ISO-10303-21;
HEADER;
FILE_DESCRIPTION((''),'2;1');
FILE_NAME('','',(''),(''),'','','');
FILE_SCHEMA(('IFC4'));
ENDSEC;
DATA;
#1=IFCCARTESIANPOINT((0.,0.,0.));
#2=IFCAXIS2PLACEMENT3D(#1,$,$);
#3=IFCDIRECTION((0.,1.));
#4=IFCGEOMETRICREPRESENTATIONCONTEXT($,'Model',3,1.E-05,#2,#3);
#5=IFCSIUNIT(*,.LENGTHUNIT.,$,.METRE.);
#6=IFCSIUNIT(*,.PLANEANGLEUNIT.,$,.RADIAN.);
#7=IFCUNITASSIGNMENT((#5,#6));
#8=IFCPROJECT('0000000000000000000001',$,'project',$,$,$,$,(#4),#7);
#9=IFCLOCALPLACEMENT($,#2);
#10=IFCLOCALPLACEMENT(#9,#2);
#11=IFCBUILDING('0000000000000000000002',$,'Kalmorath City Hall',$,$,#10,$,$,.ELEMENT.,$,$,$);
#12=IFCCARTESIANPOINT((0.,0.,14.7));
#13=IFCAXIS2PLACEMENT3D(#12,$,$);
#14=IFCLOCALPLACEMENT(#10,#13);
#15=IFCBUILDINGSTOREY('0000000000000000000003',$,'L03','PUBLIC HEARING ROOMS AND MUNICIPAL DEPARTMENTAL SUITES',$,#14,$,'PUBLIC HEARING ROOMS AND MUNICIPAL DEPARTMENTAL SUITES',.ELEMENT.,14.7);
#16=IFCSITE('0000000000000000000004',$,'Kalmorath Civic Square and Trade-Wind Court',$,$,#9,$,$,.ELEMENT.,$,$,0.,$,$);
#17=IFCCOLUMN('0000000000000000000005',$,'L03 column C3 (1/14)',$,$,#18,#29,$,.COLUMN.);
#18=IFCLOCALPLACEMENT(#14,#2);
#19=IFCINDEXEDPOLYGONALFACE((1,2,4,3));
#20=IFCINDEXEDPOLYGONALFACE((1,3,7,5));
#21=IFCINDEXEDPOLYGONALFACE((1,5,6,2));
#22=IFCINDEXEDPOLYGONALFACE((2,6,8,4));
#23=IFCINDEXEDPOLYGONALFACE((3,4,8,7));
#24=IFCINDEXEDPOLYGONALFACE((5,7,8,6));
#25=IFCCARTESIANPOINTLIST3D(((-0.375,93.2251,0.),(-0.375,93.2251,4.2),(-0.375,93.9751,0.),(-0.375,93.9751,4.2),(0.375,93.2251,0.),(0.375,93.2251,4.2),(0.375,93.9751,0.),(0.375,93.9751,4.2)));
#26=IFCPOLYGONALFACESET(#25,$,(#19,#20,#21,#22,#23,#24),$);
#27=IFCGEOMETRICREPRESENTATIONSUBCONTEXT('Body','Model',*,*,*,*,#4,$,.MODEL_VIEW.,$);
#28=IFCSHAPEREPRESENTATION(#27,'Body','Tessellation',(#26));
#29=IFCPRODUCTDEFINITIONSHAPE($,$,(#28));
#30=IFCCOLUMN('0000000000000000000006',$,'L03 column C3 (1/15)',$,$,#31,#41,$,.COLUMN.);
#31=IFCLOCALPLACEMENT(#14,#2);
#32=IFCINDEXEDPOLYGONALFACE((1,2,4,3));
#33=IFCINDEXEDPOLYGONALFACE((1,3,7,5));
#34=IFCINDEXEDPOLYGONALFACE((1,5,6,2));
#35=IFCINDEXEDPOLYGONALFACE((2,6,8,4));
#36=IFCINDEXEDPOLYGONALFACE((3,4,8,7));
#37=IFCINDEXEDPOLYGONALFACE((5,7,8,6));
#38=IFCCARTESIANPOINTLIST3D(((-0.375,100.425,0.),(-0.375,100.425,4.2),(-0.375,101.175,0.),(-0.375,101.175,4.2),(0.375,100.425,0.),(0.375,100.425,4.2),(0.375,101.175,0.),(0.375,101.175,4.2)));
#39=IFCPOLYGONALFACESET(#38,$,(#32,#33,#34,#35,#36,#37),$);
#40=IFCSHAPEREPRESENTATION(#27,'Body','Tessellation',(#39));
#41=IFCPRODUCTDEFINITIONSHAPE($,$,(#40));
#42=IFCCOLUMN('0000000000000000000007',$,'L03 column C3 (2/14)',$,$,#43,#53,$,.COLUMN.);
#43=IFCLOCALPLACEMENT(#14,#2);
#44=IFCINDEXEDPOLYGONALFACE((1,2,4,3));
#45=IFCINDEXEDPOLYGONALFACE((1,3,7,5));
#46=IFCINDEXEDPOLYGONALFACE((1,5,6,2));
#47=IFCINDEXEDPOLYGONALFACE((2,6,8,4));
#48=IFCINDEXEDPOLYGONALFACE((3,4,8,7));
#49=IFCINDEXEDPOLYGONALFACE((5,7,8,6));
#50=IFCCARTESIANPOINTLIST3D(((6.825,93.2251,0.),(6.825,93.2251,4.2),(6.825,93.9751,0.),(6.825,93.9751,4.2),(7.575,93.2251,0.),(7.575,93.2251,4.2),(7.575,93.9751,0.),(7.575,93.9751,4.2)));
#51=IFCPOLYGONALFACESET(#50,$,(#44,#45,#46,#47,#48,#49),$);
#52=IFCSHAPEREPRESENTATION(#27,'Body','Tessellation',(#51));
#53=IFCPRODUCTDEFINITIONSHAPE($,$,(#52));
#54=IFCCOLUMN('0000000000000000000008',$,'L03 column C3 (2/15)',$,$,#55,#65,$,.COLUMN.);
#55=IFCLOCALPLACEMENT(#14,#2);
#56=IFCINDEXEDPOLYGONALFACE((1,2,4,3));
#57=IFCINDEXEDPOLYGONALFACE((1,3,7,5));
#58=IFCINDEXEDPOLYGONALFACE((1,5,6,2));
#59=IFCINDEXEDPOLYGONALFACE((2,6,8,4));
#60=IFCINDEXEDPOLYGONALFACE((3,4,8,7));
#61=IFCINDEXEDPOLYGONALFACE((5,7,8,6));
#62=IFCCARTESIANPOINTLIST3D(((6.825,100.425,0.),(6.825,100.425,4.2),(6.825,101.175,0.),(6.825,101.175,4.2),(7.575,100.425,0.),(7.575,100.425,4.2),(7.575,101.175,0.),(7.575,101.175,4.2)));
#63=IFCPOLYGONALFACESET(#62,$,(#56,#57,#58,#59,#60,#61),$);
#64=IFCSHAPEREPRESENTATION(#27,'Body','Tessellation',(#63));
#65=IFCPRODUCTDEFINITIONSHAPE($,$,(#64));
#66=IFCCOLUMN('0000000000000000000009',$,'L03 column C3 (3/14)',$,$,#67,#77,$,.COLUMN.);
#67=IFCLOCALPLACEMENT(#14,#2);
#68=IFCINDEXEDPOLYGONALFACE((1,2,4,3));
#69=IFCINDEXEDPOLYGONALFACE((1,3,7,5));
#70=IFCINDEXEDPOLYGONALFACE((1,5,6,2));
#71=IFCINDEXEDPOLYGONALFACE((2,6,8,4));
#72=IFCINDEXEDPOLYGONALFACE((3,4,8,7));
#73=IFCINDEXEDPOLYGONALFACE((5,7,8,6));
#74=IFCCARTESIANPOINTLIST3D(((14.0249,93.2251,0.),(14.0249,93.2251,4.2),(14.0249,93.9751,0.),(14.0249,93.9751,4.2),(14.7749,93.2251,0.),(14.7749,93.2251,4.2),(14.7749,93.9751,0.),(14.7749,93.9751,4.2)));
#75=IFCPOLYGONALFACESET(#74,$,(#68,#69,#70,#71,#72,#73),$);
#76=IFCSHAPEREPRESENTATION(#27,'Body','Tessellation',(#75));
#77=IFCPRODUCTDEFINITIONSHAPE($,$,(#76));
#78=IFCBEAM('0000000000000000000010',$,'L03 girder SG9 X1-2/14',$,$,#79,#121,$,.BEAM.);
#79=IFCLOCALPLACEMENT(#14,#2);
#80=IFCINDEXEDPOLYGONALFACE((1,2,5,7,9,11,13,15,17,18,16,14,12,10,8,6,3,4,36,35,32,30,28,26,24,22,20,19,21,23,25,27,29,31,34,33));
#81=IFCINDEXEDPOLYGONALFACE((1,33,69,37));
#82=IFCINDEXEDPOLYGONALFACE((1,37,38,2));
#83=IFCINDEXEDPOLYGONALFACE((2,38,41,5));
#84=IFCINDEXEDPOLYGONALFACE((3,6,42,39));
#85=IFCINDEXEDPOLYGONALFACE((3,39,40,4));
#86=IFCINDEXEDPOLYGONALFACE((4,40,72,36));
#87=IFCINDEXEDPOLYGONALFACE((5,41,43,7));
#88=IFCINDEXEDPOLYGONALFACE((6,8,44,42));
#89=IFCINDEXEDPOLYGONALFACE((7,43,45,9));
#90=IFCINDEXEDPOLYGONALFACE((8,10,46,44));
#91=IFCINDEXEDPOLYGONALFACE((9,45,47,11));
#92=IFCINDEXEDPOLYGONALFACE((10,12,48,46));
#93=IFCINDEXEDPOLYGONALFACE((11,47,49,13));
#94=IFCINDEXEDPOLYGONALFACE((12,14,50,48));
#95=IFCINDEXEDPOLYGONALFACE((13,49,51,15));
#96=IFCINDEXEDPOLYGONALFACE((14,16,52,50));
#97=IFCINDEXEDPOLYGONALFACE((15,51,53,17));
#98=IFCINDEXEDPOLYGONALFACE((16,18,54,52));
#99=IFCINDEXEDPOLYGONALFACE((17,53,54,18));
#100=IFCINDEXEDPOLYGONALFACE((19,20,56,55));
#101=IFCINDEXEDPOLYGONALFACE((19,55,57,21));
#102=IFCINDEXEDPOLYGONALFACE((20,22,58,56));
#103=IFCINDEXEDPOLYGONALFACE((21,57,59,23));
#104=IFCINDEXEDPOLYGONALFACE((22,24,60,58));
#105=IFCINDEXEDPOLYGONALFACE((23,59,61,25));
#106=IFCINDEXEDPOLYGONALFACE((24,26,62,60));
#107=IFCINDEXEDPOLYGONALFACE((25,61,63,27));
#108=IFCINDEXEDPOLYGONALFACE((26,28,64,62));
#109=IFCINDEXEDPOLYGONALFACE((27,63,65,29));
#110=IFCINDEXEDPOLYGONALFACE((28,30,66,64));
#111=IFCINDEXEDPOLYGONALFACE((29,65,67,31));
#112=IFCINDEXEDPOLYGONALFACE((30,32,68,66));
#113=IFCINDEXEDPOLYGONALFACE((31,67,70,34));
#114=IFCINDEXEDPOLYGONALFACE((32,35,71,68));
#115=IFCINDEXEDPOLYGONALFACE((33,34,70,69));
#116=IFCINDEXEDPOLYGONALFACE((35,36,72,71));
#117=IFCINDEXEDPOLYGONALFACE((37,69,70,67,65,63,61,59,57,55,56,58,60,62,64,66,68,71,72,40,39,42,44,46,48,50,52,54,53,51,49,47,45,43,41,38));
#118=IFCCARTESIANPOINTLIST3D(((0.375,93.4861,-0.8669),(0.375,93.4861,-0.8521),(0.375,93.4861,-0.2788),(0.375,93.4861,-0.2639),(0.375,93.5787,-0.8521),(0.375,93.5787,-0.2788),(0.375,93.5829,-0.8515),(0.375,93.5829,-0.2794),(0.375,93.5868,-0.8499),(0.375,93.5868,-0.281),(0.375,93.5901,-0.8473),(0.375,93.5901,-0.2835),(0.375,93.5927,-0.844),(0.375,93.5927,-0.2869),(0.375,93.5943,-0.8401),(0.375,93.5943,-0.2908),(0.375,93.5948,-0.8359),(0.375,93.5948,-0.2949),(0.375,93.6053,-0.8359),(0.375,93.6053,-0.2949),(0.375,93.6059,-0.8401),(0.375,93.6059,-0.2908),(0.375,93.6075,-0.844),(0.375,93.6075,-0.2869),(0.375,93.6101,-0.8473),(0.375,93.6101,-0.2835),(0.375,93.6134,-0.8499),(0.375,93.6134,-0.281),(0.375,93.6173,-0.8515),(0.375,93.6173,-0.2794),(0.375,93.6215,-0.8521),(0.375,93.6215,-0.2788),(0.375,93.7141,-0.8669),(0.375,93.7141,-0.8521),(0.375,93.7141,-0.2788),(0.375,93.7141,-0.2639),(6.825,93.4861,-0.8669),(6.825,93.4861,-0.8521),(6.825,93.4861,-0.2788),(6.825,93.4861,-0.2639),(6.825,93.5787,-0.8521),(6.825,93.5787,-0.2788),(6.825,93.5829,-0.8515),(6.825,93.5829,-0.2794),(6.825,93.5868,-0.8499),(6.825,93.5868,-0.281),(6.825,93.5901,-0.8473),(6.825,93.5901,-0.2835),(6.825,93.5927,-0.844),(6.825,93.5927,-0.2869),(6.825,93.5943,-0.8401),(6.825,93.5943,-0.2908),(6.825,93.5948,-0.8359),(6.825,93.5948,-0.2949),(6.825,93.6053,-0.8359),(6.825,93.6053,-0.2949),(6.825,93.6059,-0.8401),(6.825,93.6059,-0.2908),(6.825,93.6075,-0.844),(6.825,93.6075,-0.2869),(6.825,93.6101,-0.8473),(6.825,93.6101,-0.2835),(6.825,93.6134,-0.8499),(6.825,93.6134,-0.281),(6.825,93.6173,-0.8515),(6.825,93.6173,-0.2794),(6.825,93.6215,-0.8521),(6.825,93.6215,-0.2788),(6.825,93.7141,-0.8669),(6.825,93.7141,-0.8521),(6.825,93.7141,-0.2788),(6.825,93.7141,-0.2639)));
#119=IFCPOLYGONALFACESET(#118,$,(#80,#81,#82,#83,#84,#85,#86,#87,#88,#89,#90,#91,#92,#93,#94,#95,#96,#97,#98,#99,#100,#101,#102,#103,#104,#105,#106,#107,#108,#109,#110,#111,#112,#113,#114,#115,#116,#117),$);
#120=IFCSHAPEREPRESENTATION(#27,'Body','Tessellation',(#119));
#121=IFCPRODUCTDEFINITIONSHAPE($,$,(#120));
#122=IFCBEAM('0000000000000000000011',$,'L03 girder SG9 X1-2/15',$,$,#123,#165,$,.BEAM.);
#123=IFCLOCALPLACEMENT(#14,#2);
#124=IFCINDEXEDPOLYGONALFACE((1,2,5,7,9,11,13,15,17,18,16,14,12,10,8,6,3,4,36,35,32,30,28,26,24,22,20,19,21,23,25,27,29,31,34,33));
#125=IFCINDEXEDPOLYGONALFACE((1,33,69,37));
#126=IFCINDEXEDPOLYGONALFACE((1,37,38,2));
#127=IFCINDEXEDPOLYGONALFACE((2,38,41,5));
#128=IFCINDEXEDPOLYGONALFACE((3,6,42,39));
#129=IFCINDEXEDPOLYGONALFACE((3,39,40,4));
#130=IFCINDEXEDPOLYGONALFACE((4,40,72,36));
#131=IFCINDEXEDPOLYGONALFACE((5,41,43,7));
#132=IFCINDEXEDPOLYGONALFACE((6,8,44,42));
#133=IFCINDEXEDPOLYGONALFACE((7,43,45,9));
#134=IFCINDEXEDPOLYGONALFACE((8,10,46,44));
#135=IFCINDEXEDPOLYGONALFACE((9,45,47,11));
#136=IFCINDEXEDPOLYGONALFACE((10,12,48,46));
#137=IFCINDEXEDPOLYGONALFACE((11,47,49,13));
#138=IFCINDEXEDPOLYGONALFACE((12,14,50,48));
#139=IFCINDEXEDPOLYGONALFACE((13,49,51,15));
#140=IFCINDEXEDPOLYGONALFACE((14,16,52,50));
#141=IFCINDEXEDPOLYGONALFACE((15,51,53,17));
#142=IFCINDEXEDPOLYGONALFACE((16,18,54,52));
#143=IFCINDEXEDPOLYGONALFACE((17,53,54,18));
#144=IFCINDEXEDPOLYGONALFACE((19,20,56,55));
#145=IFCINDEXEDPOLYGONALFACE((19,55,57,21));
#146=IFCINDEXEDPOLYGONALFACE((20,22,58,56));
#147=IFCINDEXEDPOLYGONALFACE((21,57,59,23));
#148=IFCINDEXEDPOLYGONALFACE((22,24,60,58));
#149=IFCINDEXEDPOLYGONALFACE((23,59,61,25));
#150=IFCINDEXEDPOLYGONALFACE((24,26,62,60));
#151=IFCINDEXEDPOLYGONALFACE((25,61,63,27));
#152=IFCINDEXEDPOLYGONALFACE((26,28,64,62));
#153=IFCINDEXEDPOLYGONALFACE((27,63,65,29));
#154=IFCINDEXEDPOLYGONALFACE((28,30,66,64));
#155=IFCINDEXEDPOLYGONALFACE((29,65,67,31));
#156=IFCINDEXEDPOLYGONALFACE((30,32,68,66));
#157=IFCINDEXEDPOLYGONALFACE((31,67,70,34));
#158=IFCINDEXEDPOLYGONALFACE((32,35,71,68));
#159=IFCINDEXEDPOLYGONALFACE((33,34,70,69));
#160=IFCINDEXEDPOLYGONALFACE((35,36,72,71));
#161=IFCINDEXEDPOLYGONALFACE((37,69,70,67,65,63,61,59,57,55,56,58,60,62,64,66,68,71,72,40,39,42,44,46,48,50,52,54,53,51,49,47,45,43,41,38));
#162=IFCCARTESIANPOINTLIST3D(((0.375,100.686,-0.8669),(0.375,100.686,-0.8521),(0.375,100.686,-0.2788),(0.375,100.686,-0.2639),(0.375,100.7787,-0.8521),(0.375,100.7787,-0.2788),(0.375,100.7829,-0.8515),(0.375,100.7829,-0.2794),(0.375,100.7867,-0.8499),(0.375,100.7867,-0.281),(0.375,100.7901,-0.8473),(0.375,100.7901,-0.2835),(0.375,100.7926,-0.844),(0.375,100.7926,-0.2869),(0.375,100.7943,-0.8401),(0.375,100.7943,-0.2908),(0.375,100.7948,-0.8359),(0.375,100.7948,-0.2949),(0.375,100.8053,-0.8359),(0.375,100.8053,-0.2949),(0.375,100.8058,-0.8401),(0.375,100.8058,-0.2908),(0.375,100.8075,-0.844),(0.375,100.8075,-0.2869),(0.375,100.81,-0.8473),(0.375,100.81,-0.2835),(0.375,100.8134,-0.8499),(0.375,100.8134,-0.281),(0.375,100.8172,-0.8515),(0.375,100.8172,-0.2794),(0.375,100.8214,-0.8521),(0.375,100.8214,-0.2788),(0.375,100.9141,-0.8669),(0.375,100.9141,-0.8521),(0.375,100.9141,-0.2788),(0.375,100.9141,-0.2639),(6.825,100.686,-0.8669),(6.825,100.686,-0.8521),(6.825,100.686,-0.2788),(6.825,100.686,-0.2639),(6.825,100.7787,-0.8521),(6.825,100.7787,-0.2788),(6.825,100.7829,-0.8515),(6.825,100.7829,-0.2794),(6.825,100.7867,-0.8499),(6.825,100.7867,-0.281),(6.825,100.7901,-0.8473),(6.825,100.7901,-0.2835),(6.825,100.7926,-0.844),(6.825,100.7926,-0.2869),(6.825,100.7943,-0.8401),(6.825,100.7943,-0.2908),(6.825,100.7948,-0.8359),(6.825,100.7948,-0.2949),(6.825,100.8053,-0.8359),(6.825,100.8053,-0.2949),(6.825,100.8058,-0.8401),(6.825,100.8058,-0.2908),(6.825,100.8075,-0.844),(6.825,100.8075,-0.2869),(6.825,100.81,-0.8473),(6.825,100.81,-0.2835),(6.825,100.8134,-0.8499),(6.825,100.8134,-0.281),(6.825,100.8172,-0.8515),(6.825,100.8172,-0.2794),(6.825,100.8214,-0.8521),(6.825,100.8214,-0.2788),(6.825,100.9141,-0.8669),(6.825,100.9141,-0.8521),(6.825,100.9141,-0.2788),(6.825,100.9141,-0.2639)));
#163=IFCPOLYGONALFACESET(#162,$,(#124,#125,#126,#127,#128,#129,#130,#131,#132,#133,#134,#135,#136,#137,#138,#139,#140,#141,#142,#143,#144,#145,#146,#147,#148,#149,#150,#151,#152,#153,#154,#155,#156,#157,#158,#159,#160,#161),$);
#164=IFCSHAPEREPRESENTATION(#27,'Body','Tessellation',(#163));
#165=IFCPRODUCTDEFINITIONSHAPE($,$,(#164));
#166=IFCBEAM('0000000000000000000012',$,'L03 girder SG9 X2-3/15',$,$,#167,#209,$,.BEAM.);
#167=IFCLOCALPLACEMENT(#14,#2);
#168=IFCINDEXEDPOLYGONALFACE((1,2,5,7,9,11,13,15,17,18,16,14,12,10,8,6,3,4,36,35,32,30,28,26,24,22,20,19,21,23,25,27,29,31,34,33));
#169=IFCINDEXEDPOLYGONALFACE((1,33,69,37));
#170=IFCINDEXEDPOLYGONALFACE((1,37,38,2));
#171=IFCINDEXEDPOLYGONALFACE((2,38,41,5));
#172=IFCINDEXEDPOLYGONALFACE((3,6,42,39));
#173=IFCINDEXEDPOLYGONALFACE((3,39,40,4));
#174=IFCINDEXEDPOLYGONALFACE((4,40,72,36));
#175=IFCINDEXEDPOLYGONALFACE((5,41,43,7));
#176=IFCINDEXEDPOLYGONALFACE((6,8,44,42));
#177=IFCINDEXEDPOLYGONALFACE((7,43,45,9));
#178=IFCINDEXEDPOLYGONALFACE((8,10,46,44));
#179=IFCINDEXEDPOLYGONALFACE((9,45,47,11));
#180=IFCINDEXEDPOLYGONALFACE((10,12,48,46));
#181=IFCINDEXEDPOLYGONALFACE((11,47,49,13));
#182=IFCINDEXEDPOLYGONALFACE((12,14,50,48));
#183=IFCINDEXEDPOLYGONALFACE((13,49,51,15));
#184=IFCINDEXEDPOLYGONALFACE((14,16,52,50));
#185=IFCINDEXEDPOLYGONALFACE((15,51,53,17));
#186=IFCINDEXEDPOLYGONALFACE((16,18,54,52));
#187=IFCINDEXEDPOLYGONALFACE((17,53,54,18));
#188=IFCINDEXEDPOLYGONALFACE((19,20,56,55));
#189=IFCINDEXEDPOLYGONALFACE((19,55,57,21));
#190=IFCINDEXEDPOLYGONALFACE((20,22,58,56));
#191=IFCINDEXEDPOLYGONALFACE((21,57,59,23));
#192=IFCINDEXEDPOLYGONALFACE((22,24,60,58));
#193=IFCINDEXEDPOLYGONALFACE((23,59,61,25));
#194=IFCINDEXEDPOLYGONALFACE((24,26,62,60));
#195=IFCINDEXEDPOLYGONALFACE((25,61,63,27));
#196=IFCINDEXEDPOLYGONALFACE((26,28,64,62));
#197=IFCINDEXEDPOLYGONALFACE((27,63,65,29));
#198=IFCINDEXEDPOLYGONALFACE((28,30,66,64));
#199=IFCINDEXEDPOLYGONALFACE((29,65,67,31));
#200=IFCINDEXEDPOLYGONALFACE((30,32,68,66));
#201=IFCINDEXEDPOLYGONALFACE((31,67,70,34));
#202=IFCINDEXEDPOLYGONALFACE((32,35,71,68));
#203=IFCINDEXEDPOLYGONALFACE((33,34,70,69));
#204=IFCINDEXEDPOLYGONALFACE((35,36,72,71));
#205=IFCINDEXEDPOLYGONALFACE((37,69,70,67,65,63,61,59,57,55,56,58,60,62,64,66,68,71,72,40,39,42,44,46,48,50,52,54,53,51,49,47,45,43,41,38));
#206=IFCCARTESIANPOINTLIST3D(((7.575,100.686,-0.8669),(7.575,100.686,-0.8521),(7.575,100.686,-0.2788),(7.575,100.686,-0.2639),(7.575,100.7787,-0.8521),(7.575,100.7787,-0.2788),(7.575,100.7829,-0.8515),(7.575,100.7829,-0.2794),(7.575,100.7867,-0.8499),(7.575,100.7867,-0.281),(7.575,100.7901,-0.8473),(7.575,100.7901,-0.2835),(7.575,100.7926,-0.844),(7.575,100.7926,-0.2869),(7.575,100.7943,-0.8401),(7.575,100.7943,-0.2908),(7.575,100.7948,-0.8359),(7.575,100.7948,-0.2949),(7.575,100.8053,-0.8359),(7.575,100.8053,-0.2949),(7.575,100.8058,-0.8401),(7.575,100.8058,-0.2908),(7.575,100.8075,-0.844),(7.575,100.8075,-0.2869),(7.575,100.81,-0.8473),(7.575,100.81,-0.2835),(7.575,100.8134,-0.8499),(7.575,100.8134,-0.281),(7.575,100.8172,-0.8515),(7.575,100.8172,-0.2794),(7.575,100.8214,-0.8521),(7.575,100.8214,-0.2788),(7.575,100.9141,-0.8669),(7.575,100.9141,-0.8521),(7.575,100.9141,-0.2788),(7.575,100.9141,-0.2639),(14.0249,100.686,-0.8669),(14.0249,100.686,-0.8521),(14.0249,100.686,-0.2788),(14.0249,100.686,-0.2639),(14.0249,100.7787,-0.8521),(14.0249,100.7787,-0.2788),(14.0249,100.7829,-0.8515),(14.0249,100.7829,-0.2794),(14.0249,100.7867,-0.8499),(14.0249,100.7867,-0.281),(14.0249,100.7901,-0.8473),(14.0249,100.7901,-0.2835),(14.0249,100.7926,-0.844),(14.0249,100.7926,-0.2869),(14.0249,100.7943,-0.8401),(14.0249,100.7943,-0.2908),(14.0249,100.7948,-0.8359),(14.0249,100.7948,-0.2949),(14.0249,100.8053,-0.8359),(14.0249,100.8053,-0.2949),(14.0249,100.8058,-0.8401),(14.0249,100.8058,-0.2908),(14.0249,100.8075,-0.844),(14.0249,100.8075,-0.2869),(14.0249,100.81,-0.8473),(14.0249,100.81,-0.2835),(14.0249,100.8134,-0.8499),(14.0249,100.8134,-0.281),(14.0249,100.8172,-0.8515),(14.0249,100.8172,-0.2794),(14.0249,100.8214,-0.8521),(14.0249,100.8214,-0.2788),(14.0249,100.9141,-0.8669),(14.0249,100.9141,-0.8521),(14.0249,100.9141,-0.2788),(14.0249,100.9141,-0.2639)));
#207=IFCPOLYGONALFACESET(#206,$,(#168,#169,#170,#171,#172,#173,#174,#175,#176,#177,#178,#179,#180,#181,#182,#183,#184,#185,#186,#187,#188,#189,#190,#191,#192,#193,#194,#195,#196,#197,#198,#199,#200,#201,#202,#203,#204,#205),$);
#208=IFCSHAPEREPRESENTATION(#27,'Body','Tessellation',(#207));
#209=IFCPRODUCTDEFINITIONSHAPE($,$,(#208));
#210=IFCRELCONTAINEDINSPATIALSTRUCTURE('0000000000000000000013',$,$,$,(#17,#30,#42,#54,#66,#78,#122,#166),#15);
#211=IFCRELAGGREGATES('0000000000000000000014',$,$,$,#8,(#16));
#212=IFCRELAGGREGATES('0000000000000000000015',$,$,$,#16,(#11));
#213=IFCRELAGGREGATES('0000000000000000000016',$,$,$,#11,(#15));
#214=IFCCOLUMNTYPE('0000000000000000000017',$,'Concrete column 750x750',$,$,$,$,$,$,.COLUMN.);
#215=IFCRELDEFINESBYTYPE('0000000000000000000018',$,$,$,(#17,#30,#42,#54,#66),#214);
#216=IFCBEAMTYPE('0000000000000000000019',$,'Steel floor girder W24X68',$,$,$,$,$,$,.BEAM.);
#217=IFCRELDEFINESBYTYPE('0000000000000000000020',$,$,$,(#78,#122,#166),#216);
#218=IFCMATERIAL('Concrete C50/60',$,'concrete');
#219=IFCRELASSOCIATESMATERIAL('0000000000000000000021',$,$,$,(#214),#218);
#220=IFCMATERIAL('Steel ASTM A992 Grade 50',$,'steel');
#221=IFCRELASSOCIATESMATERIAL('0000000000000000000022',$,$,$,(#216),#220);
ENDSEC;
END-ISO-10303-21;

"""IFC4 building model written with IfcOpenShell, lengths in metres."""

from ifc_helpers import new_model, si_unit, direction, frame, origin, origin_2d, place, context, subcontext, project, spatial, rectangle, i_section, extrude, material, material_profile, profile_set, type_object, element, save


model = new_model("IFC4")

# Units and contexts
model_context = context("Model", 3, precision=1e-05, world=origin(), true_north=direction((0.0, 1.0)))
body_context = subcontext(model_context, "Body", "Model", "MODEL_VIEW")
ifc_project = project(units=[si_unit("LENGTHUNIT", "METRE"), si_unit("PLANEANGLEUNIT", "RADIAN")], contexts=[model_context])

# Site, building, storey
site_placement = place(None, origin())
site = spatial("IfcSite", under=ifc_project, at=site_placement, Name="Kalmorath Civic Square and Trade-Wind Court", CompositionType="ELEMENT", RefElevation=0.0)
building_placement = place(site_placement, origin())
building = spatial("IfcBuilding", under=site, at=building_placement, Name="Kalmorath City Hall", CompositionType="ELEMENT")
storey_placement = place(building_placement, frame((0.0, 0.0, 14.7)))
storey = spatial("IfcBuildingStorey", under=building, at=storey_placement, Name="L03", Description="PUBLIC HEARING ROOMS AND MUNICIPAL DEPARTMENTAL SUITES", LongName="PUBLIC HEARING ROOMS AND MUNICIPAL DEPARTMENTAL SUITES", CompositionType="ELEMENT", Elevation=14.7)

# Columns
ifc_material_1 = material(Name="Concrete C50/60", Category="concrete")
ifc_material_profile_1 = material_profile(ifc_material_1, rectangle(XDim=0.75, YDim=0.75, at=origin_2d()), Name="RC-COL-750X750")
ifc_profile_set_1 = profile_set([ifc_material_profile_1], Name="Concrete C50/60")
column_type = type_object("IfcColumnType", Name="Concrete column 750x750", PredefinedType="COLUMN", material=ifc_profile_set_1)
for number, where, z_axis, x_axis, name in (
    (1, (0.0, 93.6001, 0.0), (0.0, 0.0, 1.0), (1.0, 0.0, 0.0), "L03 column C3 (1/14)"),
    (2, (0.0, 100.8, 0.0), (0.0, 0.0, 1.0), (1.0, 0.0, 0.0), "L03 column C3 (1/15)"),
    (3, (7.2, 93.6001, 0.0), (0.0, 0.0, 1.0), (1.0, 0.0, 0.0), "L03 column C3 (2/14)"),
    (4, (7.2, 100.8, 0.0), (0.0, 0.0, 1.0), (1.0, 0.0, 0.0), "L03 column C3 (2/15)"),
    (5, (14.3999, 93.6001, 0.0), (0.0, 0.0, 1.0), (1.0, 0.0, 0.0), "L03 column C3 (3/14)"),
):
    element("IfcColumn", number, at=place(storey_placement, frame(where, z_axis=z_axis, x_axis=x_axis)), inside=storey, type_object=column_type, Name=name, PredefinedType="COLUMN", context=body_context, shape_type="SweptSolid", body=[
        extrude(rectangle(XDim=0.75, YDim=0.75, at=origin_2d()), origin(), (0.0, 0.0, 1.0), 4.2),
    ])

# Beams
ifc_material_2 = material(Name="Steel ASTM A992 Grade 50", Category="steel")
ifc_material_profile_2 = material_profile(ifc_material_2, i_section(OverallWidth=0.228, OverallDepth=0.603, WebThickness=0.0105, FlangeThickness=0.0149, FilletRadius=0.0161, at=origin_2d()), Name="W24X68")
ifc_profile_set_2 = profile_set([ifc_material_profile_2], Name="Steel ASTM A992 Grade 50")
beam_type_1 = type_object("IfcBeamType", Name="Steel floor girder W24X68", PredefinedType="BEAM", material=ifc_profile_set_2)
for number, where, z_axis, x_axis, name in (
    (6, (0.375, 93.6001, -0.5654), (1.0, 0.0, 0.0), (0.0, 1.0, 0.0), "L03 girder SG9 X1-2/14"),
    (7, (0.375, 100.8, -0.5654), (1.0, 0.0, 0.0), (0.0, 1.0, 0.0), "L03 girder SG9 X1-2/15"),
    (8, (7.575, 100.8, -0.5654), (1.0, 0.0, 0.0), (0.0, 1.0, 0.0), "L03 girder SG9 X2-3/15"),
):
    element("IfcBeam", number, at=place(storey_placement, frame(where, z_axis=z_axis, x_axis=x_axis)), inside=storey, type_object=beam_type_1, Name=name, PredefinedType="BEAM", context=body_context, shape_type="SweptSolid", body=[
        extrude(i_section(OverallWidth=0.228, OverallDepth=0.603, WebThickness=0.0105, FlangeThickness=0.0149, FilletRadius=0.0161, at=origin_2d()), origin(), (0.0, 0.0, 1.0), 6.45),
    ])

save(model, "model.ifc")
